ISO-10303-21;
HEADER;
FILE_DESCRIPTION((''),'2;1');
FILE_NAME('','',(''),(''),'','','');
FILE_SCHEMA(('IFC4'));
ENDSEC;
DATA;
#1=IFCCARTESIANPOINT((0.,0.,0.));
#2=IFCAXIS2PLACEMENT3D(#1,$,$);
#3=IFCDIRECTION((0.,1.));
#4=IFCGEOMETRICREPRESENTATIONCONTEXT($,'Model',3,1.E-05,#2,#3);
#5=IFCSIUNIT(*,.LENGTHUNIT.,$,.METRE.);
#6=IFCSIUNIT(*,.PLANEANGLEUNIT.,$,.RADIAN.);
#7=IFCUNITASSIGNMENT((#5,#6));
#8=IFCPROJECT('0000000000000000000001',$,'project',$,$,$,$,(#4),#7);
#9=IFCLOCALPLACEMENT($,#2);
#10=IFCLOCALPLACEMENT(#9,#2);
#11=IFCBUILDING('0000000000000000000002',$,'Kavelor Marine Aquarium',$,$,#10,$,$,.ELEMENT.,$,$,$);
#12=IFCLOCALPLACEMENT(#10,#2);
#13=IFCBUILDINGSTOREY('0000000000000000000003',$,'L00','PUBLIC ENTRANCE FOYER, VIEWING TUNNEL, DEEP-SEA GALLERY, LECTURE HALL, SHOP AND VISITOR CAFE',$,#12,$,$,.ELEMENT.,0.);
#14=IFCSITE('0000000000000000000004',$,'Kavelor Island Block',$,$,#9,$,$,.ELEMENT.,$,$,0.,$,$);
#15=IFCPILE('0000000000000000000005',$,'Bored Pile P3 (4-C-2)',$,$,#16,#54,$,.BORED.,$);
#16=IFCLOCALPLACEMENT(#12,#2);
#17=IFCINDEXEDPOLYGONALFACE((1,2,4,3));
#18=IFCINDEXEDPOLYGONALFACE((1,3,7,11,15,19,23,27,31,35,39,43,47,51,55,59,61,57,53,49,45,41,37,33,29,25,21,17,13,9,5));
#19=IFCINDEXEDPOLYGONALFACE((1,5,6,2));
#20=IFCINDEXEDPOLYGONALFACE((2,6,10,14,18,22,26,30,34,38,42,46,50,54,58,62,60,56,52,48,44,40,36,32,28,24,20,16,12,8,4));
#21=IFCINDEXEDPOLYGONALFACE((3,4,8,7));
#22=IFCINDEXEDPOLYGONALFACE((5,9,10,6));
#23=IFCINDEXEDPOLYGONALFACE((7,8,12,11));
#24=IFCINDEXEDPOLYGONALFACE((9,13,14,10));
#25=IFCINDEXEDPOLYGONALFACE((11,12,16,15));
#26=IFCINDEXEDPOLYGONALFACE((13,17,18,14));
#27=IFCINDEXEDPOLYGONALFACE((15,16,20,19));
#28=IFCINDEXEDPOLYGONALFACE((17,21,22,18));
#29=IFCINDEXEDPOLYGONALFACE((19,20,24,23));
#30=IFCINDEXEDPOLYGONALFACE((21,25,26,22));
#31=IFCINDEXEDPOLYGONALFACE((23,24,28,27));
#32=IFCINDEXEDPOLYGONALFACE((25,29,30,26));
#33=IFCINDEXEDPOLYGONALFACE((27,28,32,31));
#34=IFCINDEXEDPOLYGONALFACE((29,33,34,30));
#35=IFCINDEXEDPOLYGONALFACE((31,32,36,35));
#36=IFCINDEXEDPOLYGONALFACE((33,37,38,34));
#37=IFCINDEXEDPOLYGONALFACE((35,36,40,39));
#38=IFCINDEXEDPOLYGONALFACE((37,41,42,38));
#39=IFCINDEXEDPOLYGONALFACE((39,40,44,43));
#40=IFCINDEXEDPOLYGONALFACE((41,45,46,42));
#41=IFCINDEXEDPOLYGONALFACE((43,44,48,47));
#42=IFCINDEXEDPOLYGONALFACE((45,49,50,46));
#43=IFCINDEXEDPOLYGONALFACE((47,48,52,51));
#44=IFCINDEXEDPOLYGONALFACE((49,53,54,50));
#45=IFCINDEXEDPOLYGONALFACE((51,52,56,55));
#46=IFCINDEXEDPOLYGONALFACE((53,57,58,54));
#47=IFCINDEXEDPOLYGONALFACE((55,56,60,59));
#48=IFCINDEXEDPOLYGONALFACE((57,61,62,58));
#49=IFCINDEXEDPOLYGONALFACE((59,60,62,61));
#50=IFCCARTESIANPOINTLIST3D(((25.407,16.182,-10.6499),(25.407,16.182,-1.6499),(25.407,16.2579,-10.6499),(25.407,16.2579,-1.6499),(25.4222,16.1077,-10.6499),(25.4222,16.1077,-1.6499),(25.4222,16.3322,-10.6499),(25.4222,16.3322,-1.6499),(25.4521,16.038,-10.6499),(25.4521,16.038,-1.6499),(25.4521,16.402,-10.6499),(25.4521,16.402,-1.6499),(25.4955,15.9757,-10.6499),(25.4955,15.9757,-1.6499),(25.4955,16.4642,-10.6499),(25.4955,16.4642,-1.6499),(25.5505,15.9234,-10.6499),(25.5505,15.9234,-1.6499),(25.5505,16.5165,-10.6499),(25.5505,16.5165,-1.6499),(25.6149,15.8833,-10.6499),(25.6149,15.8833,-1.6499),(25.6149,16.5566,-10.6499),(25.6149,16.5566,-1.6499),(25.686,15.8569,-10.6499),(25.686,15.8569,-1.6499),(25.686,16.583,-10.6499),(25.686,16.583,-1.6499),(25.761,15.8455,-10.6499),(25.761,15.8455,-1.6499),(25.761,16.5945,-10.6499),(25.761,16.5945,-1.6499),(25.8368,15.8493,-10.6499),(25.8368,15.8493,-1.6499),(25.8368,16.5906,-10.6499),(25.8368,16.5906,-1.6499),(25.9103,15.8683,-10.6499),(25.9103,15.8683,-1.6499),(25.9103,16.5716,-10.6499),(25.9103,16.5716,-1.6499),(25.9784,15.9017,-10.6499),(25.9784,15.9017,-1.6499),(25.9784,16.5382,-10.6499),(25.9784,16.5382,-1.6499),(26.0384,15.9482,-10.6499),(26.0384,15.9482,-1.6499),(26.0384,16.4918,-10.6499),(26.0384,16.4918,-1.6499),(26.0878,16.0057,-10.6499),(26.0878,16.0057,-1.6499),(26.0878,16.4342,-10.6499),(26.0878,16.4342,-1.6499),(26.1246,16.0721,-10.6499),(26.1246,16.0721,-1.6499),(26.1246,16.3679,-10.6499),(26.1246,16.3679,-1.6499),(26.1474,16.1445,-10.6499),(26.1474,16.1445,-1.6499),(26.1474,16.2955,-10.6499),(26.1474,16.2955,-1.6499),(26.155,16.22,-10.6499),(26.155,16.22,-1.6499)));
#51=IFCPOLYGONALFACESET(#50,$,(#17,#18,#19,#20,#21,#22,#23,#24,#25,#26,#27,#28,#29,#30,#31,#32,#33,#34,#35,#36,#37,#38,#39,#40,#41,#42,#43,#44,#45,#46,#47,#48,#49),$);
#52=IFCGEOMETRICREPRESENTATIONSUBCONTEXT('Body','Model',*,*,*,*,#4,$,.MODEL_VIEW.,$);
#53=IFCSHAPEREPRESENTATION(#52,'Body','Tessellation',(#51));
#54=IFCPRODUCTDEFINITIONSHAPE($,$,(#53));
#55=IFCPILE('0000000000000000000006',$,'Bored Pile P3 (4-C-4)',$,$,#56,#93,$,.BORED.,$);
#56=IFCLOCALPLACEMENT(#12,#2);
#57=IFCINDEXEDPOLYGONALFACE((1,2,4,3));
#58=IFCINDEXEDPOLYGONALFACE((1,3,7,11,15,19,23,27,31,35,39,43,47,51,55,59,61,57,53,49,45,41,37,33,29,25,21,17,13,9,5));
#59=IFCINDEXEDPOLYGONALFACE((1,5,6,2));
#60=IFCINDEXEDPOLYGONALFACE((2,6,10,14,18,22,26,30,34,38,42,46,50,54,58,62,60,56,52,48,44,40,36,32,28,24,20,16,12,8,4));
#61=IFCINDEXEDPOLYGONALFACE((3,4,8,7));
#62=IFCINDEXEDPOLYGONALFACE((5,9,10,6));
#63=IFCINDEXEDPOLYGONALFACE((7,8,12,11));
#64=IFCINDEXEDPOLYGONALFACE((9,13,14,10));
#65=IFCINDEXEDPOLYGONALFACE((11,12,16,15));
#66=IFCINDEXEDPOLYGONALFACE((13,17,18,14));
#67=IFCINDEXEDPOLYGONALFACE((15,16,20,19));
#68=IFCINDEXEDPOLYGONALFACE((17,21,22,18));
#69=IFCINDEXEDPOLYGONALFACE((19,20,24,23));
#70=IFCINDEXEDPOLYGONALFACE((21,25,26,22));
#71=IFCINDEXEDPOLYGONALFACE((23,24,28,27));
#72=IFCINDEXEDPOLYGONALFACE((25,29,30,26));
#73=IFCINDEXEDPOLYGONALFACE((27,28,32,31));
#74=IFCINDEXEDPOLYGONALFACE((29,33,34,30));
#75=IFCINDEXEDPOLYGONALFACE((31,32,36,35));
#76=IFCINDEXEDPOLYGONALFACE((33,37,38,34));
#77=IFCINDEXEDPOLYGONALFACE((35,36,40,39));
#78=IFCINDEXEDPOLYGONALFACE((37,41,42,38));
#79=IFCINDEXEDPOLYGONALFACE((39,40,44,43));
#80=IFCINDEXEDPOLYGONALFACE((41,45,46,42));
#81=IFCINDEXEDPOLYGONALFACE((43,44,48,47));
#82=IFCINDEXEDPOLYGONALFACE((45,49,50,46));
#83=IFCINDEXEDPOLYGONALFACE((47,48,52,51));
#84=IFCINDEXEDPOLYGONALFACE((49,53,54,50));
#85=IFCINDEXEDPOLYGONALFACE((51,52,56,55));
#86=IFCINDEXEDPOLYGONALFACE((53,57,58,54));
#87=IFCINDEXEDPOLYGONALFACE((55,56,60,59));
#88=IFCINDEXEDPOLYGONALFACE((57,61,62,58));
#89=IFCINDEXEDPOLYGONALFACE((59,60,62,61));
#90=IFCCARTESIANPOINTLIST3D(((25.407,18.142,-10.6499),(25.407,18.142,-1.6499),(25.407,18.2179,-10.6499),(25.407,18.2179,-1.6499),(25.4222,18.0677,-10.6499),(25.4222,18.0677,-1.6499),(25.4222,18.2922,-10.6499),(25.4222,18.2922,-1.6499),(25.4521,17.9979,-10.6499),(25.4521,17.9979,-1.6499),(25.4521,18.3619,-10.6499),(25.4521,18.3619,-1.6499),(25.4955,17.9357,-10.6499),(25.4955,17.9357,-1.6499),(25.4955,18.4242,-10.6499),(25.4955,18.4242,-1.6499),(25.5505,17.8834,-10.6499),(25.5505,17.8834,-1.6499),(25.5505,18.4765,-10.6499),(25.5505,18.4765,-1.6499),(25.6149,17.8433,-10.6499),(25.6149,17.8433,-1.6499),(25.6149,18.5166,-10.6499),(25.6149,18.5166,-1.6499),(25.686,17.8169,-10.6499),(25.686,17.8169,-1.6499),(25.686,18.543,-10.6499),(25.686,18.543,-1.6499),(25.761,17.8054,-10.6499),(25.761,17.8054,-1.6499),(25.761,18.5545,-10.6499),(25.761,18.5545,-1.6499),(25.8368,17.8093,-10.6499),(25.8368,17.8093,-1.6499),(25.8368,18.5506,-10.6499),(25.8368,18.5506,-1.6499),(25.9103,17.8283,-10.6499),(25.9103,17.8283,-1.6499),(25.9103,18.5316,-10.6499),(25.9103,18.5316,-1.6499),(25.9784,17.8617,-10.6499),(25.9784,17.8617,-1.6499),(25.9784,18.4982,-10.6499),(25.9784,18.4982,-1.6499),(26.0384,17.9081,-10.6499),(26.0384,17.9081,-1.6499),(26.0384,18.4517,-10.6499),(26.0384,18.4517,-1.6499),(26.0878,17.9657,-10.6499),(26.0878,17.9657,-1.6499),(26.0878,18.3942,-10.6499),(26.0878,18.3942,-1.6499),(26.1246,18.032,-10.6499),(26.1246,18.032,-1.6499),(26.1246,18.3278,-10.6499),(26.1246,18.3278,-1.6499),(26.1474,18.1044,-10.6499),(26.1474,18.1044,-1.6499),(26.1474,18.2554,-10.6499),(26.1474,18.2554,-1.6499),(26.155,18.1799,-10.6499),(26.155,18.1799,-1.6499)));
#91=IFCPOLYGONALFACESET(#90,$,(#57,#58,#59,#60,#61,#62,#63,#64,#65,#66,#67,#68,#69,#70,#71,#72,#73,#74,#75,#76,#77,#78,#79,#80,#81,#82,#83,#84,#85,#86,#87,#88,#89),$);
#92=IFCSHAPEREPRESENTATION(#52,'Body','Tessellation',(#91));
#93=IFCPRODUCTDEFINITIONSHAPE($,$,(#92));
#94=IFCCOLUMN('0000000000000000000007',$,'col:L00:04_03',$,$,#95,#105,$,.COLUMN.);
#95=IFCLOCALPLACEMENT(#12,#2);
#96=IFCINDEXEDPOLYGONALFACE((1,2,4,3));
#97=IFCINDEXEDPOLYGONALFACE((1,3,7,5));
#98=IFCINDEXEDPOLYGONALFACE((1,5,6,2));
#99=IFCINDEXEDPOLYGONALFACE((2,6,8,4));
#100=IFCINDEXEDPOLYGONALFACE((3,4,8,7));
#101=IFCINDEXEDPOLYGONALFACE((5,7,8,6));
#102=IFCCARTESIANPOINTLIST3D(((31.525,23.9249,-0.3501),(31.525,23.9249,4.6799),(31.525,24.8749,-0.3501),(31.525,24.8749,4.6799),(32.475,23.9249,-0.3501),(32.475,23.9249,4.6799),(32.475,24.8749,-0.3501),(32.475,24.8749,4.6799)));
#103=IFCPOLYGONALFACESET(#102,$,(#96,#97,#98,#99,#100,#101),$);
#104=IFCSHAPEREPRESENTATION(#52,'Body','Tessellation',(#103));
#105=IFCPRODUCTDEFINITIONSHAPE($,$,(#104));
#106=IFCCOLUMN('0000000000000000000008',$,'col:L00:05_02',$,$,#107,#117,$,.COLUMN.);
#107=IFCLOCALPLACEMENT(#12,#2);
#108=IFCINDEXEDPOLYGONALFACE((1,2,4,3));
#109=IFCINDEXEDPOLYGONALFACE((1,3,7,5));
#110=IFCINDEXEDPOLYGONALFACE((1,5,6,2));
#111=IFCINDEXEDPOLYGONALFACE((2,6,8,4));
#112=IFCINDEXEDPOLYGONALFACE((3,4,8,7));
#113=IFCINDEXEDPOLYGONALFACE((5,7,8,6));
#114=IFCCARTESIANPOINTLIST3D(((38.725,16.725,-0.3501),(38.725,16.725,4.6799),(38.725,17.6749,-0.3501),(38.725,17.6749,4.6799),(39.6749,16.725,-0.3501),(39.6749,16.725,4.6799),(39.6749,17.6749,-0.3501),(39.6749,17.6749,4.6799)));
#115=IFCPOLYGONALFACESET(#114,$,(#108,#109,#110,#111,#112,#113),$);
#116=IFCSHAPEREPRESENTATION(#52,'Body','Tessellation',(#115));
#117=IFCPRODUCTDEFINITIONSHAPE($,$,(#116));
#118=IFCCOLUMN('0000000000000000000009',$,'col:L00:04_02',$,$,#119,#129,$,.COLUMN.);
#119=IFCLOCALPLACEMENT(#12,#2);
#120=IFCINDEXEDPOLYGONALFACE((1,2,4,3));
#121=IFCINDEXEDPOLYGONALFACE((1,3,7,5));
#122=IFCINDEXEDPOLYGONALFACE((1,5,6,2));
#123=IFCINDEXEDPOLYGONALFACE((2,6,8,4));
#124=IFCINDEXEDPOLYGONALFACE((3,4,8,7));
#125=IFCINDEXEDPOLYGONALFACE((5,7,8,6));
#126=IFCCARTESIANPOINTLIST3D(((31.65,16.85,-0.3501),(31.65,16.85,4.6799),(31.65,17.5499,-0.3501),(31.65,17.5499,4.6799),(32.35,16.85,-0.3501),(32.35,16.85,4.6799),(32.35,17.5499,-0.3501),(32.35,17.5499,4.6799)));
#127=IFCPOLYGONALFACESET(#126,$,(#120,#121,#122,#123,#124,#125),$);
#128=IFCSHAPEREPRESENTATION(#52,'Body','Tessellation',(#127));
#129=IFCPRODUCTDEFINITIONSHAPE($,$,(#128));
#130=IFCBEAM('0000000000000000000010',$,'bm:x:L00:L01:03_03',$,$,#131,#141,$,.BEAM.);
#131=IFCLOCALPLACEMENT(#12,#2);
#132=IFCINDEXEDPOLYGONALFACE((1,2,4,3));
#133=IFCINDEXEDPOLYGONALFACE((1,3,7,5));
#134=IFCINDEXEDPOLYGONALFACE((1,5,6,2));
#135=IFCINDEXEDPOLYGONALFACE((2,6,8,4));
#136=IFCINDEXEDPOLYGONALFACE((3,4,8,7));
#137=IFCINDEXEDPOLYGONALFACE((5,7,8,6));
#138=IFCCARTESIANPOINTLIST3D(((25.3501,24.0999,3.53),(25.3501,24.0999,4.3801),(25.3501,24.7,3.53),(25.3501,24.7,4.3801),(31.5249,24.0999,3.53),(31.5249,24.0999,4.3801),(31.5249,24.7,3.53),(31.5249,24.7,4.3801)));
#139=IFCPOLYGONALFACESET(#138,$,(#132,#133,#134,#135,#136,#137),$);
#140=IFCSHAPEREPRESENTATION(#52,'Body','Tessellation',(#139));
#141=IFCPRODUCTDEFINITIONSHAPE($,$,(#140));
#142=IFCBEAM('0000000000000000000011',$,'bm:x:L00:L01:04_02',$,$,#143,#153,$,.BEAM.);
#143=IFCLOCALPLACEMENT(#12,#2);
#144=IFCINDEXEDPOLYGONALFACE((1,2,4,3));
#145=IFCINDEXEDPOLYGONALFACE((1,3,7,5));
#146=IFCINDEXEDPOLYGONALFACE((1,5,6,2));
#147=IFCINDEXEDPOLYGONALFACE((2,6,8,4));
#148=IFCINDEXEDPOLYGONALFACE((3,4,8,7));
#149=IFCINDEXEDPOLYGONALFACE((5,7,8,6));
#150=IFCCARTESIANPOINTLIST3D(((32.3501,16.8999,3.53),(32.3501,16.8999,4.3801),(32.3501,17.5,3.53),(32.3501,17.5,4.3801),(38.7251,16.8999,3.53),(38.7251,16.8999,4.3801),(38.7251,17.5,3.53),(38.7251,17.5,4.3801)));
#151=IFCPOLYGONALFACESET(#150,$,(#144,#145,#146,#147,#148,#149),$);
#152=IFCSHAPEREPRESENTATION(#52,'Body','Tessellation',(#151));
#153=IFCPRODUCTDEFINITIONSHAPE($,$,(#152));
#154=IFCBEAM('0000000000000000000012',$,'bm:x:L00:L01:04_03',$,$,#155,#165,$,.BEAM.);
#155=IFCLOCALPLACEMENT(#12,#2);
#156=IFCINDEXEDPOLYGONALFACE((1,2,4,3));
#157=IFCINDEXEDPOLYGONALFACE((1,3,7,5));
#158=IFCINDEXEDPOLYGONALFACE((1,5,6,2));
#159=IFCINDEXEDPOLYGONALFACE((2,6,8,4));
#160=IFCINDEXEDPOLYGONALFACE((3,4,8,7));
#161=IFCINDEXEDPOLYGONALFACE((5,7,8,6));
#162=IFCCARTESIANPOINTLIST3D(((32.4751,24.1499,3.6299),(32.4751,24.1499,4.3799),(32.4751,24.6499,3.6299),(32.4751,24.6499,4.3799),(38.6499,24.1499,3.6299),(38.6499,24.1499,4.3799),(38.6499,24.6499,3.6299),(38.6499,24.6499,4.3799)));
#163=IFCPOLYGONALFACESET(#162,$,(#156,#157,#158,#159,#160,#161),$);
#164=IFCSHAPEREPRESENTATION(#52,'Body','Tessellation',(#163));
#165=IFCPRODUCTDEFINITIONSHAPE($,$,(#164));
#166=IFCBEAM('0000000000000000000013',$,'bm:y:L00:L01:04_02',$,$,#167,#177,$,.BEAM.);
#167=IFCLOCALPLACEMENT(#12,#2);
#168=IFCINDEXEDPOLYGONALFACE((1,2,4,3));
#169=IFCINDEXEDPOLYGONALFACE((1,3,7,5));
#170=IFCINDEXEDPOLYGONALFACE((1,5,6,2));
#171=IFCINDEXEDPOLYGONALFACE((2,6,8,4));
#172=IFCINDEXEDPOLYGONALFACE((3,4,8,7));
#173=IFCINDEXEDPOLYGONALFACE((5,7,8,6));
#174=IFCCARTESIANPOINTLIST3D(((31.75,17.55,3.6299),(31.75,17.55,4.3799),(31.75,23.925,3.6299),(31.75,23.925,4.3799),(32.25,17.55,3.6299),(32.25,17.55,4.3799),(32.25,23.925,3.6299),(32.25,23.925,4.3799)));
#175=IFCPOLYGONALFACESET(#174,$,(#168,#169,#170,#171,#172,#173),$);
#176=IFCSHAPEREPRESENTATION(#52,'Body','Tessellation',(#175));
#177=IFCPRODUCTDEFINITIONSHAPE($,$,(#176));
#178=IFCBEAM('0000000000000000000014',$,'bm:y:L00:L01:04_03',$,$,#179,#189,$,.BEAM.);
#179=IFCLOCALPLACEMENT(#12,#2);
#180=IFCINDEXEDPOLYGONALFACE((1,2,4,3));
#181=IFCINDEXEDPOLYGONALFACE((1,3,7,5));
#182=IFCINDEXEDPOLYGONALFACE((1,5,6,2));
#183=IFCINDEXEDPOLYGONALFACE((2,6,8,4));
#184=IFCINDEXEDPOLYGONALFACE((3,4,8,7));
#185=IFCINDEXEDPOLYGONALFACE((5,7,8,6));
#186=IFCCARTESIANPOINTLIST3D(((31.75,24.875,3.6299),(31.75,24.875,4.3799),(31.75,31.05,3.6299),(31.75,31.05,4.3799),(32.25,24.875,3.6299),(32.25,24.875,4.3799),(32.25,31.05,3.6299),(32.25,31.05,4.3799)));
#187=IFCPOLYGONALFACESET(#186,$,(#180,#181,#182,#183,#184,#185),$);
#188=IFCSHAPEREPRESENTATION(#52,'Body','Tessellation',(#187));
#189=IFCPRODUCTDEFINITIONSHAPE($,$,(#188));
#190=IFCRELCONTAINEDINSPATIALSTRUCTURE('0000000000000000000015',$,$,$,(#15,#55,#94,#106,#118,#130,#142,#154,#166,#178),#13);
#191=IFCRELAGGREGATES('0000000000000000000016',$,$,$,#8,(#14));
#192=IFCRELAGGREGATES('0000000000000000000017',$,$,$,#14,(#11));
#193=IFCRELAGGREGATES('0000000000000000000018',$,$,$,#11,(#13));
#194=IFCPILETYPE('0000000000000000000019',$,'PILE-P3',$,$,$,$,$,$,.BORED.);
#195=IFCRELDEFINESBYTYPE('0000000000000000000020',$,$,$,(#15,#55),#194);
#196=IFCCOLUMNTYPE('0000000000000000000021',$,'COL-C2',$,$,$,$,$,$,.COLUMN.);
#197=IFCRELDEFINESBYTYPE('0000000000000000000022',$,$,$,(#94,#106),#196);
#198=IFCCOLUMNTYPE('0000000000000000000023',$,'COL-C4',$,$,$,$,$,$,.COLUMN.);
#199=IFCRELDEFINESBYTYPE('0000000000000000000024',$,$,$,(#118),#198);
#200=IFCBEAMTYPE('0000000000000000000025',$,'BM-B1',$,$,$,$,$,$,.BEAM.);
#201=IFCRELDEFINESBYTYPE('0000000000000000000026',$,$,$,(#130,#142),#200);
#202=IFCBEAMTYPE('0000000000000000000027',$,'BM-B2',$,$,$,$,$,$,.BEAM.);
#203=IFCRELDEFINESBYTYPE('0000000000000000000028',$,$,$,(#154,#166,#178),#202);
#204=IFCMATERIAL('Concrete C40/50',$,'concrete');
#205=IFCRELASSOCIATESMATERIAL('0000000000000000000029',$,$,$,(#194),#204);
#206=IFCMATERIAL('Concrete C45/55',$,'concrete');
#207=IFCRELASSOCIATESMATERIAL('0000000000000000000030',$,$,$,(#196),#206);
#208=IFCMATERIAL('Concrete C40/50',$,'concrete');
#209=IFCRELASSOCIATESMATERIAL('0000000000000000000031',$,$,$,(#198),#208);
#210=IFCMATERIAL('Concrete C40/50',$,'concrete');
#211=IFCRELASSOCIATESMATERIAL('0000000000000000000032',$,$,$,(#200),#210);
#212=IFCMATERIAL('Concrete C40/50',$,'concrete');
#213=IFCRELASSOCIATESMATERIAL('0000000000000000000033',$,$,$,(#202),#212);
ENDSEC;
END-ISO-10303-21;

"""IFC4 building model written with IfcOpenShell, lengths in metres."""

from ifc_helpers import new_model, si_unit, direction, frame, origin, origin_2d, place, context, subcontext, project, spatial, rectangle, circle, extrude, material, material_profile, profile_set, type_object, element, save


model = new_model("IFC4")

# Units and contexts
model_context = context("Model", 3, precision=1e-05, world=origin(), true_north=direction((0.0, 1.0)))
body_context = subcontext(model_context, "Body", "Model", "MODEL_VIEW")
ifc_project = project(units=[si_unit("LENGTHUNIT", "METRE"), si_unit("PLANEANGLEUNIT", "RADIAN")], contexts=[model_context])

# Site, building, storey
site_placement = place(None, origin())
site = spatial("IfcSite", under=ifc_project, at=site_placement, Name="Kavelor Island Block", CompositionType="ELEMENT", RefElevation=0.0)
building_placement = place(site_placement, origin())
building = spatial("IfcBuilding", under=site, at=building_placement, Name="Kavelor Marine Aquarium", CompositionType="ELEMENT")
storey_placement = place(building_placement, origin())
storey = spatial("IfcBuildingStorey", under=building, at=storey_placement, Name="L00", Description="PUBLIC ENTRANCE FOYER, VIEWING TUNNEL, DEEP-SEA GALLERY, LECTURE HALL, SHOP AND VISITOR CAFE", CompositionType="ELEMENT", Elevation=0.0)

# Piles
ifc_material_1 = material(Name="Concrete C40/50", Category="concrete")
ifc_material_profile_1 = material_profile(ifc_material_1, circle(Radius=0.375, at=origin_2d()), Name="PILE D750")
ifc_profile_set_1 = profile_set([ifc_material_profile_1], Name="Concrete C40/50")
pile_type_1 = type_object("IfcPileType", Name="PILE-P3", PredefinedType="BORED", material=ifc_profile_set_1)
for number, where, z_axis, x_axis, name in (
    (1, (25.78, 16.22, -1.6499), (0.0, 0.0, -1.0), (1.0, 0.0, 0.0), "Bored Pile P3 (4-C-2)"),
    (2, (25.78, 18.1799, -1.6499), (0.0, 0.0, -1.0), (1.0, 0.0, 0.0), "Bored Pile P3 (4-C-4)"),
):
    element("IfcPile", number, at=place(storey_placement, frame(where, z_axis=z_axis, x_axis=x_axis)), inside=storey, type_object=pile_type_1, Name=name, PredefinedType="BORED", context=body_context, shape_type="SweptSolid", body=[
        extrude(circle(Radius=0.375, at=origin_2d()), origin(), (0.0, 0.0, 1.0), 9.0),
    ])

# Columns
ifc_material_2 = material(Name="Concrete C45/55", Category="concrete")
ifc_material_profile_2 = material_profile(ifc_material_2, rectangle(XDim=0.95, YDim=0.95, at=origin_2d()), Name="RC-COL 950x950")
ifc_profile_set_2 = profile_set([ifc_material_profile_2], Name="Concrete C45/55")
column_type_1 = type_object("IfcColumnType", Name="COL-C2", PredefinedType="COLUMN", material=ifc_profile_set_2)
for number, where, z_axis, x_axis, name in (
    (3, (32.0, 24.3999, -0.3501), (0.0, 0.0, 1.0), (1.0, 0.0, 0.0), "col:L00:04_03"),
    (4, (39.2, 17.2, -0.3501), (0.0, 0.0, 1.0), (1.0, 0.0, 0.0), "col:L00:05_02"),
):
    element("IfcColumn", number, at=place(storey_placement, frame(where, z_axis=z_axis, x_axis=x_axis)), inside=storey, type_object=column_type_1, Name=name, PredefinedType="COLUMN", context=body_context, shape_type="SweptSolid", body=[
        extrude(rectangle(XDim=0.95, YDim=0.95, at=origin_2d()), origin(), (0.0, 0.0, 1.0), 5.03),
    ])
ifc_material_3 = material(Name="Concrete C40/50", Category="concrete")
ifc_material_profile_3 = material_profile(ifc_material_3, rectangle(XDim=0.7, YDim=0.7, at=origin_2d()), Name="RC-COL 700x700")
ifc_profile_set_3 = profile_set([ifc_material_profile_3], Name="Concrete C40/50")
column_type_2 = type_object("IfcColumnType", Name="COL-C4", PredefinedType="COLUMN", material=ifc_profile_set_3)
column_placement = place(storey_placement, frame((32.0, 17.2, -0.3501), z_axis=(0.0, 0.0, 1.0), x_axis=(1.0, 0.0, 0.0)))
element("IfcColumn", 5, at=column_placement, inside=storey, type_object=column_type_2, Name="col:L00:04_02", PredefinedType="COLUMN", context=body_context, shape_type="SweptSolid", body=[
    extrude(rectangle(XDim=0.7, YDim=0.7, at=origin_2d()), origin(), (0.0, 0.0, 1.0), 5.03),
])

# Beams
ifc_material_4 = material(Name="Concrete C40/50", Category="concrete")
ifc_material_profile_4 = material_profile(ifc_material_4, rectangle(XDim=0.6001, YDim=0.8501, at=origin_2d()), Name="RC-BM 600x850")
ifc_profile_set_4 = profile_set([ifc_material_profile_4], Name="Concrete C40/50")
beam_type_1 = type_object("IfcBeamType", Name="BM-B1", PredefinedType="BEAM", material=ifc_profile_set_4)
beam_1_placement = place(storey_placement, frame((25.3501, 24.3999, 3.9551), z_axis=(1.0, 0.0, 0.0), x_axis=(0.0, 1.0, 0.0)))
element("IfcBeam", 6, at=beam_1_placement, inside=storey, type_object=beam_type_1, Name="bm:x:L00:L01:03_03", PredefinedType="BEAM", context=body_context, shape_type="SweptSolid", body=[
    extrude(rectangle(XDim=0.6001, YDim=0.8501, at=origin_2d()), origin(), (0.0, 0.0, 1.0), 6.1748),
])
beam_2_placement = place(storey_placement, frame((32.3501, 17.2, 3.9551), z_axis=(1.0, 0.0, 0.0), x_axis=(0.0, 1.0, 0.0)))
element("IfcBeam", 7, at=beam_2_placement, inside=storey, type_object=beam_type_1, Name="bm:x:L00:L01:04_02", PredefinedType="BEAM", context=body_context, shape_type="SweptSolid", body=[
    extrude(rectangle(XDim=0.6001, YDim=0.8501, at=origin_2d()), origin(), (0.0, 0.0, 1.0), 6.375),
])
ifc_material_5 = material(Name="Concrete C40/50", Category="concrete")
ifc_material_profile_5 = material_profile(ifc_material_5, rectangle(XDim=0.5, YDim=0.75, at=origin_2d()), Name="RC-BM 500x750")
ifc_profile_set_5 = profile_set([ifc_material_profile_5], Name="Concrete C40/50")
beam_type_2 = type_object("IfcBeamType", Name="BM-B2", PredefinedType="BEAM", material=ifc_profile_set_5)
beam_3_placement = place(storey_placement, frame((32.4751, 24.3999, 4.0049), z_axis=(1.0, 0.0, 0.0), x_axis=(0.0, 1.0, 0.0)))
element("IfcBeam", 8, at=beam_3_placement, inside=storey, type_object=beam_type_2, Name="bm:x:L00:L01:04_03", PredefinedType="BEAM", context=body_context, shape_type="SweptSolid", body=[
    extrude(rectangle(XDim=0.5, YDim=0.75, at=origin_2d()), origin(), (0.0, 0.0, 1.0), 6.1748),
])
beam_4_placement = place(storey_placement, frame((32.0, 17.55, 4.0049), z_axis=(0.0, 1.0, 0.0), x_axis=(-1.0, 0.0, 0.0)))
element("IfcBeam", 9, at=beam_4_placement, inside=storey, type_object=beam_type_2, Name="bm:y:L00:L01:04_02", PredefinedType="BEAM", context=body_context, shape_type="SweptSolid", body=[
    extrude(rectangle(XDim=0.5, YDim=0.75, at=origin_2d()), origin(), (0.0, 0.0, 1.0), 6.375),
])
beam_5_placement = place(storey_placement, frame((32.0, 24.875, 4.0049), z_axis=(0.0, 1.0, 0.0), x_axis=(-1.0, 0.0, 0.0)))
element("IfcBeam", 10, at=beam_5_placement, inside=storey, type_object=beam_type_2, Name="bm:y:L00:L01:04_03", PredefinedType="BEAM", context=body_context, shape_type="SweptSolid", body=[
    extrude(rectangle(XDim=0.5, YDim=0.75, at=origin_2d()), origin(), (0.0, 0.0, 1.0), 6.175),
])

save(model, "model.ifc")
